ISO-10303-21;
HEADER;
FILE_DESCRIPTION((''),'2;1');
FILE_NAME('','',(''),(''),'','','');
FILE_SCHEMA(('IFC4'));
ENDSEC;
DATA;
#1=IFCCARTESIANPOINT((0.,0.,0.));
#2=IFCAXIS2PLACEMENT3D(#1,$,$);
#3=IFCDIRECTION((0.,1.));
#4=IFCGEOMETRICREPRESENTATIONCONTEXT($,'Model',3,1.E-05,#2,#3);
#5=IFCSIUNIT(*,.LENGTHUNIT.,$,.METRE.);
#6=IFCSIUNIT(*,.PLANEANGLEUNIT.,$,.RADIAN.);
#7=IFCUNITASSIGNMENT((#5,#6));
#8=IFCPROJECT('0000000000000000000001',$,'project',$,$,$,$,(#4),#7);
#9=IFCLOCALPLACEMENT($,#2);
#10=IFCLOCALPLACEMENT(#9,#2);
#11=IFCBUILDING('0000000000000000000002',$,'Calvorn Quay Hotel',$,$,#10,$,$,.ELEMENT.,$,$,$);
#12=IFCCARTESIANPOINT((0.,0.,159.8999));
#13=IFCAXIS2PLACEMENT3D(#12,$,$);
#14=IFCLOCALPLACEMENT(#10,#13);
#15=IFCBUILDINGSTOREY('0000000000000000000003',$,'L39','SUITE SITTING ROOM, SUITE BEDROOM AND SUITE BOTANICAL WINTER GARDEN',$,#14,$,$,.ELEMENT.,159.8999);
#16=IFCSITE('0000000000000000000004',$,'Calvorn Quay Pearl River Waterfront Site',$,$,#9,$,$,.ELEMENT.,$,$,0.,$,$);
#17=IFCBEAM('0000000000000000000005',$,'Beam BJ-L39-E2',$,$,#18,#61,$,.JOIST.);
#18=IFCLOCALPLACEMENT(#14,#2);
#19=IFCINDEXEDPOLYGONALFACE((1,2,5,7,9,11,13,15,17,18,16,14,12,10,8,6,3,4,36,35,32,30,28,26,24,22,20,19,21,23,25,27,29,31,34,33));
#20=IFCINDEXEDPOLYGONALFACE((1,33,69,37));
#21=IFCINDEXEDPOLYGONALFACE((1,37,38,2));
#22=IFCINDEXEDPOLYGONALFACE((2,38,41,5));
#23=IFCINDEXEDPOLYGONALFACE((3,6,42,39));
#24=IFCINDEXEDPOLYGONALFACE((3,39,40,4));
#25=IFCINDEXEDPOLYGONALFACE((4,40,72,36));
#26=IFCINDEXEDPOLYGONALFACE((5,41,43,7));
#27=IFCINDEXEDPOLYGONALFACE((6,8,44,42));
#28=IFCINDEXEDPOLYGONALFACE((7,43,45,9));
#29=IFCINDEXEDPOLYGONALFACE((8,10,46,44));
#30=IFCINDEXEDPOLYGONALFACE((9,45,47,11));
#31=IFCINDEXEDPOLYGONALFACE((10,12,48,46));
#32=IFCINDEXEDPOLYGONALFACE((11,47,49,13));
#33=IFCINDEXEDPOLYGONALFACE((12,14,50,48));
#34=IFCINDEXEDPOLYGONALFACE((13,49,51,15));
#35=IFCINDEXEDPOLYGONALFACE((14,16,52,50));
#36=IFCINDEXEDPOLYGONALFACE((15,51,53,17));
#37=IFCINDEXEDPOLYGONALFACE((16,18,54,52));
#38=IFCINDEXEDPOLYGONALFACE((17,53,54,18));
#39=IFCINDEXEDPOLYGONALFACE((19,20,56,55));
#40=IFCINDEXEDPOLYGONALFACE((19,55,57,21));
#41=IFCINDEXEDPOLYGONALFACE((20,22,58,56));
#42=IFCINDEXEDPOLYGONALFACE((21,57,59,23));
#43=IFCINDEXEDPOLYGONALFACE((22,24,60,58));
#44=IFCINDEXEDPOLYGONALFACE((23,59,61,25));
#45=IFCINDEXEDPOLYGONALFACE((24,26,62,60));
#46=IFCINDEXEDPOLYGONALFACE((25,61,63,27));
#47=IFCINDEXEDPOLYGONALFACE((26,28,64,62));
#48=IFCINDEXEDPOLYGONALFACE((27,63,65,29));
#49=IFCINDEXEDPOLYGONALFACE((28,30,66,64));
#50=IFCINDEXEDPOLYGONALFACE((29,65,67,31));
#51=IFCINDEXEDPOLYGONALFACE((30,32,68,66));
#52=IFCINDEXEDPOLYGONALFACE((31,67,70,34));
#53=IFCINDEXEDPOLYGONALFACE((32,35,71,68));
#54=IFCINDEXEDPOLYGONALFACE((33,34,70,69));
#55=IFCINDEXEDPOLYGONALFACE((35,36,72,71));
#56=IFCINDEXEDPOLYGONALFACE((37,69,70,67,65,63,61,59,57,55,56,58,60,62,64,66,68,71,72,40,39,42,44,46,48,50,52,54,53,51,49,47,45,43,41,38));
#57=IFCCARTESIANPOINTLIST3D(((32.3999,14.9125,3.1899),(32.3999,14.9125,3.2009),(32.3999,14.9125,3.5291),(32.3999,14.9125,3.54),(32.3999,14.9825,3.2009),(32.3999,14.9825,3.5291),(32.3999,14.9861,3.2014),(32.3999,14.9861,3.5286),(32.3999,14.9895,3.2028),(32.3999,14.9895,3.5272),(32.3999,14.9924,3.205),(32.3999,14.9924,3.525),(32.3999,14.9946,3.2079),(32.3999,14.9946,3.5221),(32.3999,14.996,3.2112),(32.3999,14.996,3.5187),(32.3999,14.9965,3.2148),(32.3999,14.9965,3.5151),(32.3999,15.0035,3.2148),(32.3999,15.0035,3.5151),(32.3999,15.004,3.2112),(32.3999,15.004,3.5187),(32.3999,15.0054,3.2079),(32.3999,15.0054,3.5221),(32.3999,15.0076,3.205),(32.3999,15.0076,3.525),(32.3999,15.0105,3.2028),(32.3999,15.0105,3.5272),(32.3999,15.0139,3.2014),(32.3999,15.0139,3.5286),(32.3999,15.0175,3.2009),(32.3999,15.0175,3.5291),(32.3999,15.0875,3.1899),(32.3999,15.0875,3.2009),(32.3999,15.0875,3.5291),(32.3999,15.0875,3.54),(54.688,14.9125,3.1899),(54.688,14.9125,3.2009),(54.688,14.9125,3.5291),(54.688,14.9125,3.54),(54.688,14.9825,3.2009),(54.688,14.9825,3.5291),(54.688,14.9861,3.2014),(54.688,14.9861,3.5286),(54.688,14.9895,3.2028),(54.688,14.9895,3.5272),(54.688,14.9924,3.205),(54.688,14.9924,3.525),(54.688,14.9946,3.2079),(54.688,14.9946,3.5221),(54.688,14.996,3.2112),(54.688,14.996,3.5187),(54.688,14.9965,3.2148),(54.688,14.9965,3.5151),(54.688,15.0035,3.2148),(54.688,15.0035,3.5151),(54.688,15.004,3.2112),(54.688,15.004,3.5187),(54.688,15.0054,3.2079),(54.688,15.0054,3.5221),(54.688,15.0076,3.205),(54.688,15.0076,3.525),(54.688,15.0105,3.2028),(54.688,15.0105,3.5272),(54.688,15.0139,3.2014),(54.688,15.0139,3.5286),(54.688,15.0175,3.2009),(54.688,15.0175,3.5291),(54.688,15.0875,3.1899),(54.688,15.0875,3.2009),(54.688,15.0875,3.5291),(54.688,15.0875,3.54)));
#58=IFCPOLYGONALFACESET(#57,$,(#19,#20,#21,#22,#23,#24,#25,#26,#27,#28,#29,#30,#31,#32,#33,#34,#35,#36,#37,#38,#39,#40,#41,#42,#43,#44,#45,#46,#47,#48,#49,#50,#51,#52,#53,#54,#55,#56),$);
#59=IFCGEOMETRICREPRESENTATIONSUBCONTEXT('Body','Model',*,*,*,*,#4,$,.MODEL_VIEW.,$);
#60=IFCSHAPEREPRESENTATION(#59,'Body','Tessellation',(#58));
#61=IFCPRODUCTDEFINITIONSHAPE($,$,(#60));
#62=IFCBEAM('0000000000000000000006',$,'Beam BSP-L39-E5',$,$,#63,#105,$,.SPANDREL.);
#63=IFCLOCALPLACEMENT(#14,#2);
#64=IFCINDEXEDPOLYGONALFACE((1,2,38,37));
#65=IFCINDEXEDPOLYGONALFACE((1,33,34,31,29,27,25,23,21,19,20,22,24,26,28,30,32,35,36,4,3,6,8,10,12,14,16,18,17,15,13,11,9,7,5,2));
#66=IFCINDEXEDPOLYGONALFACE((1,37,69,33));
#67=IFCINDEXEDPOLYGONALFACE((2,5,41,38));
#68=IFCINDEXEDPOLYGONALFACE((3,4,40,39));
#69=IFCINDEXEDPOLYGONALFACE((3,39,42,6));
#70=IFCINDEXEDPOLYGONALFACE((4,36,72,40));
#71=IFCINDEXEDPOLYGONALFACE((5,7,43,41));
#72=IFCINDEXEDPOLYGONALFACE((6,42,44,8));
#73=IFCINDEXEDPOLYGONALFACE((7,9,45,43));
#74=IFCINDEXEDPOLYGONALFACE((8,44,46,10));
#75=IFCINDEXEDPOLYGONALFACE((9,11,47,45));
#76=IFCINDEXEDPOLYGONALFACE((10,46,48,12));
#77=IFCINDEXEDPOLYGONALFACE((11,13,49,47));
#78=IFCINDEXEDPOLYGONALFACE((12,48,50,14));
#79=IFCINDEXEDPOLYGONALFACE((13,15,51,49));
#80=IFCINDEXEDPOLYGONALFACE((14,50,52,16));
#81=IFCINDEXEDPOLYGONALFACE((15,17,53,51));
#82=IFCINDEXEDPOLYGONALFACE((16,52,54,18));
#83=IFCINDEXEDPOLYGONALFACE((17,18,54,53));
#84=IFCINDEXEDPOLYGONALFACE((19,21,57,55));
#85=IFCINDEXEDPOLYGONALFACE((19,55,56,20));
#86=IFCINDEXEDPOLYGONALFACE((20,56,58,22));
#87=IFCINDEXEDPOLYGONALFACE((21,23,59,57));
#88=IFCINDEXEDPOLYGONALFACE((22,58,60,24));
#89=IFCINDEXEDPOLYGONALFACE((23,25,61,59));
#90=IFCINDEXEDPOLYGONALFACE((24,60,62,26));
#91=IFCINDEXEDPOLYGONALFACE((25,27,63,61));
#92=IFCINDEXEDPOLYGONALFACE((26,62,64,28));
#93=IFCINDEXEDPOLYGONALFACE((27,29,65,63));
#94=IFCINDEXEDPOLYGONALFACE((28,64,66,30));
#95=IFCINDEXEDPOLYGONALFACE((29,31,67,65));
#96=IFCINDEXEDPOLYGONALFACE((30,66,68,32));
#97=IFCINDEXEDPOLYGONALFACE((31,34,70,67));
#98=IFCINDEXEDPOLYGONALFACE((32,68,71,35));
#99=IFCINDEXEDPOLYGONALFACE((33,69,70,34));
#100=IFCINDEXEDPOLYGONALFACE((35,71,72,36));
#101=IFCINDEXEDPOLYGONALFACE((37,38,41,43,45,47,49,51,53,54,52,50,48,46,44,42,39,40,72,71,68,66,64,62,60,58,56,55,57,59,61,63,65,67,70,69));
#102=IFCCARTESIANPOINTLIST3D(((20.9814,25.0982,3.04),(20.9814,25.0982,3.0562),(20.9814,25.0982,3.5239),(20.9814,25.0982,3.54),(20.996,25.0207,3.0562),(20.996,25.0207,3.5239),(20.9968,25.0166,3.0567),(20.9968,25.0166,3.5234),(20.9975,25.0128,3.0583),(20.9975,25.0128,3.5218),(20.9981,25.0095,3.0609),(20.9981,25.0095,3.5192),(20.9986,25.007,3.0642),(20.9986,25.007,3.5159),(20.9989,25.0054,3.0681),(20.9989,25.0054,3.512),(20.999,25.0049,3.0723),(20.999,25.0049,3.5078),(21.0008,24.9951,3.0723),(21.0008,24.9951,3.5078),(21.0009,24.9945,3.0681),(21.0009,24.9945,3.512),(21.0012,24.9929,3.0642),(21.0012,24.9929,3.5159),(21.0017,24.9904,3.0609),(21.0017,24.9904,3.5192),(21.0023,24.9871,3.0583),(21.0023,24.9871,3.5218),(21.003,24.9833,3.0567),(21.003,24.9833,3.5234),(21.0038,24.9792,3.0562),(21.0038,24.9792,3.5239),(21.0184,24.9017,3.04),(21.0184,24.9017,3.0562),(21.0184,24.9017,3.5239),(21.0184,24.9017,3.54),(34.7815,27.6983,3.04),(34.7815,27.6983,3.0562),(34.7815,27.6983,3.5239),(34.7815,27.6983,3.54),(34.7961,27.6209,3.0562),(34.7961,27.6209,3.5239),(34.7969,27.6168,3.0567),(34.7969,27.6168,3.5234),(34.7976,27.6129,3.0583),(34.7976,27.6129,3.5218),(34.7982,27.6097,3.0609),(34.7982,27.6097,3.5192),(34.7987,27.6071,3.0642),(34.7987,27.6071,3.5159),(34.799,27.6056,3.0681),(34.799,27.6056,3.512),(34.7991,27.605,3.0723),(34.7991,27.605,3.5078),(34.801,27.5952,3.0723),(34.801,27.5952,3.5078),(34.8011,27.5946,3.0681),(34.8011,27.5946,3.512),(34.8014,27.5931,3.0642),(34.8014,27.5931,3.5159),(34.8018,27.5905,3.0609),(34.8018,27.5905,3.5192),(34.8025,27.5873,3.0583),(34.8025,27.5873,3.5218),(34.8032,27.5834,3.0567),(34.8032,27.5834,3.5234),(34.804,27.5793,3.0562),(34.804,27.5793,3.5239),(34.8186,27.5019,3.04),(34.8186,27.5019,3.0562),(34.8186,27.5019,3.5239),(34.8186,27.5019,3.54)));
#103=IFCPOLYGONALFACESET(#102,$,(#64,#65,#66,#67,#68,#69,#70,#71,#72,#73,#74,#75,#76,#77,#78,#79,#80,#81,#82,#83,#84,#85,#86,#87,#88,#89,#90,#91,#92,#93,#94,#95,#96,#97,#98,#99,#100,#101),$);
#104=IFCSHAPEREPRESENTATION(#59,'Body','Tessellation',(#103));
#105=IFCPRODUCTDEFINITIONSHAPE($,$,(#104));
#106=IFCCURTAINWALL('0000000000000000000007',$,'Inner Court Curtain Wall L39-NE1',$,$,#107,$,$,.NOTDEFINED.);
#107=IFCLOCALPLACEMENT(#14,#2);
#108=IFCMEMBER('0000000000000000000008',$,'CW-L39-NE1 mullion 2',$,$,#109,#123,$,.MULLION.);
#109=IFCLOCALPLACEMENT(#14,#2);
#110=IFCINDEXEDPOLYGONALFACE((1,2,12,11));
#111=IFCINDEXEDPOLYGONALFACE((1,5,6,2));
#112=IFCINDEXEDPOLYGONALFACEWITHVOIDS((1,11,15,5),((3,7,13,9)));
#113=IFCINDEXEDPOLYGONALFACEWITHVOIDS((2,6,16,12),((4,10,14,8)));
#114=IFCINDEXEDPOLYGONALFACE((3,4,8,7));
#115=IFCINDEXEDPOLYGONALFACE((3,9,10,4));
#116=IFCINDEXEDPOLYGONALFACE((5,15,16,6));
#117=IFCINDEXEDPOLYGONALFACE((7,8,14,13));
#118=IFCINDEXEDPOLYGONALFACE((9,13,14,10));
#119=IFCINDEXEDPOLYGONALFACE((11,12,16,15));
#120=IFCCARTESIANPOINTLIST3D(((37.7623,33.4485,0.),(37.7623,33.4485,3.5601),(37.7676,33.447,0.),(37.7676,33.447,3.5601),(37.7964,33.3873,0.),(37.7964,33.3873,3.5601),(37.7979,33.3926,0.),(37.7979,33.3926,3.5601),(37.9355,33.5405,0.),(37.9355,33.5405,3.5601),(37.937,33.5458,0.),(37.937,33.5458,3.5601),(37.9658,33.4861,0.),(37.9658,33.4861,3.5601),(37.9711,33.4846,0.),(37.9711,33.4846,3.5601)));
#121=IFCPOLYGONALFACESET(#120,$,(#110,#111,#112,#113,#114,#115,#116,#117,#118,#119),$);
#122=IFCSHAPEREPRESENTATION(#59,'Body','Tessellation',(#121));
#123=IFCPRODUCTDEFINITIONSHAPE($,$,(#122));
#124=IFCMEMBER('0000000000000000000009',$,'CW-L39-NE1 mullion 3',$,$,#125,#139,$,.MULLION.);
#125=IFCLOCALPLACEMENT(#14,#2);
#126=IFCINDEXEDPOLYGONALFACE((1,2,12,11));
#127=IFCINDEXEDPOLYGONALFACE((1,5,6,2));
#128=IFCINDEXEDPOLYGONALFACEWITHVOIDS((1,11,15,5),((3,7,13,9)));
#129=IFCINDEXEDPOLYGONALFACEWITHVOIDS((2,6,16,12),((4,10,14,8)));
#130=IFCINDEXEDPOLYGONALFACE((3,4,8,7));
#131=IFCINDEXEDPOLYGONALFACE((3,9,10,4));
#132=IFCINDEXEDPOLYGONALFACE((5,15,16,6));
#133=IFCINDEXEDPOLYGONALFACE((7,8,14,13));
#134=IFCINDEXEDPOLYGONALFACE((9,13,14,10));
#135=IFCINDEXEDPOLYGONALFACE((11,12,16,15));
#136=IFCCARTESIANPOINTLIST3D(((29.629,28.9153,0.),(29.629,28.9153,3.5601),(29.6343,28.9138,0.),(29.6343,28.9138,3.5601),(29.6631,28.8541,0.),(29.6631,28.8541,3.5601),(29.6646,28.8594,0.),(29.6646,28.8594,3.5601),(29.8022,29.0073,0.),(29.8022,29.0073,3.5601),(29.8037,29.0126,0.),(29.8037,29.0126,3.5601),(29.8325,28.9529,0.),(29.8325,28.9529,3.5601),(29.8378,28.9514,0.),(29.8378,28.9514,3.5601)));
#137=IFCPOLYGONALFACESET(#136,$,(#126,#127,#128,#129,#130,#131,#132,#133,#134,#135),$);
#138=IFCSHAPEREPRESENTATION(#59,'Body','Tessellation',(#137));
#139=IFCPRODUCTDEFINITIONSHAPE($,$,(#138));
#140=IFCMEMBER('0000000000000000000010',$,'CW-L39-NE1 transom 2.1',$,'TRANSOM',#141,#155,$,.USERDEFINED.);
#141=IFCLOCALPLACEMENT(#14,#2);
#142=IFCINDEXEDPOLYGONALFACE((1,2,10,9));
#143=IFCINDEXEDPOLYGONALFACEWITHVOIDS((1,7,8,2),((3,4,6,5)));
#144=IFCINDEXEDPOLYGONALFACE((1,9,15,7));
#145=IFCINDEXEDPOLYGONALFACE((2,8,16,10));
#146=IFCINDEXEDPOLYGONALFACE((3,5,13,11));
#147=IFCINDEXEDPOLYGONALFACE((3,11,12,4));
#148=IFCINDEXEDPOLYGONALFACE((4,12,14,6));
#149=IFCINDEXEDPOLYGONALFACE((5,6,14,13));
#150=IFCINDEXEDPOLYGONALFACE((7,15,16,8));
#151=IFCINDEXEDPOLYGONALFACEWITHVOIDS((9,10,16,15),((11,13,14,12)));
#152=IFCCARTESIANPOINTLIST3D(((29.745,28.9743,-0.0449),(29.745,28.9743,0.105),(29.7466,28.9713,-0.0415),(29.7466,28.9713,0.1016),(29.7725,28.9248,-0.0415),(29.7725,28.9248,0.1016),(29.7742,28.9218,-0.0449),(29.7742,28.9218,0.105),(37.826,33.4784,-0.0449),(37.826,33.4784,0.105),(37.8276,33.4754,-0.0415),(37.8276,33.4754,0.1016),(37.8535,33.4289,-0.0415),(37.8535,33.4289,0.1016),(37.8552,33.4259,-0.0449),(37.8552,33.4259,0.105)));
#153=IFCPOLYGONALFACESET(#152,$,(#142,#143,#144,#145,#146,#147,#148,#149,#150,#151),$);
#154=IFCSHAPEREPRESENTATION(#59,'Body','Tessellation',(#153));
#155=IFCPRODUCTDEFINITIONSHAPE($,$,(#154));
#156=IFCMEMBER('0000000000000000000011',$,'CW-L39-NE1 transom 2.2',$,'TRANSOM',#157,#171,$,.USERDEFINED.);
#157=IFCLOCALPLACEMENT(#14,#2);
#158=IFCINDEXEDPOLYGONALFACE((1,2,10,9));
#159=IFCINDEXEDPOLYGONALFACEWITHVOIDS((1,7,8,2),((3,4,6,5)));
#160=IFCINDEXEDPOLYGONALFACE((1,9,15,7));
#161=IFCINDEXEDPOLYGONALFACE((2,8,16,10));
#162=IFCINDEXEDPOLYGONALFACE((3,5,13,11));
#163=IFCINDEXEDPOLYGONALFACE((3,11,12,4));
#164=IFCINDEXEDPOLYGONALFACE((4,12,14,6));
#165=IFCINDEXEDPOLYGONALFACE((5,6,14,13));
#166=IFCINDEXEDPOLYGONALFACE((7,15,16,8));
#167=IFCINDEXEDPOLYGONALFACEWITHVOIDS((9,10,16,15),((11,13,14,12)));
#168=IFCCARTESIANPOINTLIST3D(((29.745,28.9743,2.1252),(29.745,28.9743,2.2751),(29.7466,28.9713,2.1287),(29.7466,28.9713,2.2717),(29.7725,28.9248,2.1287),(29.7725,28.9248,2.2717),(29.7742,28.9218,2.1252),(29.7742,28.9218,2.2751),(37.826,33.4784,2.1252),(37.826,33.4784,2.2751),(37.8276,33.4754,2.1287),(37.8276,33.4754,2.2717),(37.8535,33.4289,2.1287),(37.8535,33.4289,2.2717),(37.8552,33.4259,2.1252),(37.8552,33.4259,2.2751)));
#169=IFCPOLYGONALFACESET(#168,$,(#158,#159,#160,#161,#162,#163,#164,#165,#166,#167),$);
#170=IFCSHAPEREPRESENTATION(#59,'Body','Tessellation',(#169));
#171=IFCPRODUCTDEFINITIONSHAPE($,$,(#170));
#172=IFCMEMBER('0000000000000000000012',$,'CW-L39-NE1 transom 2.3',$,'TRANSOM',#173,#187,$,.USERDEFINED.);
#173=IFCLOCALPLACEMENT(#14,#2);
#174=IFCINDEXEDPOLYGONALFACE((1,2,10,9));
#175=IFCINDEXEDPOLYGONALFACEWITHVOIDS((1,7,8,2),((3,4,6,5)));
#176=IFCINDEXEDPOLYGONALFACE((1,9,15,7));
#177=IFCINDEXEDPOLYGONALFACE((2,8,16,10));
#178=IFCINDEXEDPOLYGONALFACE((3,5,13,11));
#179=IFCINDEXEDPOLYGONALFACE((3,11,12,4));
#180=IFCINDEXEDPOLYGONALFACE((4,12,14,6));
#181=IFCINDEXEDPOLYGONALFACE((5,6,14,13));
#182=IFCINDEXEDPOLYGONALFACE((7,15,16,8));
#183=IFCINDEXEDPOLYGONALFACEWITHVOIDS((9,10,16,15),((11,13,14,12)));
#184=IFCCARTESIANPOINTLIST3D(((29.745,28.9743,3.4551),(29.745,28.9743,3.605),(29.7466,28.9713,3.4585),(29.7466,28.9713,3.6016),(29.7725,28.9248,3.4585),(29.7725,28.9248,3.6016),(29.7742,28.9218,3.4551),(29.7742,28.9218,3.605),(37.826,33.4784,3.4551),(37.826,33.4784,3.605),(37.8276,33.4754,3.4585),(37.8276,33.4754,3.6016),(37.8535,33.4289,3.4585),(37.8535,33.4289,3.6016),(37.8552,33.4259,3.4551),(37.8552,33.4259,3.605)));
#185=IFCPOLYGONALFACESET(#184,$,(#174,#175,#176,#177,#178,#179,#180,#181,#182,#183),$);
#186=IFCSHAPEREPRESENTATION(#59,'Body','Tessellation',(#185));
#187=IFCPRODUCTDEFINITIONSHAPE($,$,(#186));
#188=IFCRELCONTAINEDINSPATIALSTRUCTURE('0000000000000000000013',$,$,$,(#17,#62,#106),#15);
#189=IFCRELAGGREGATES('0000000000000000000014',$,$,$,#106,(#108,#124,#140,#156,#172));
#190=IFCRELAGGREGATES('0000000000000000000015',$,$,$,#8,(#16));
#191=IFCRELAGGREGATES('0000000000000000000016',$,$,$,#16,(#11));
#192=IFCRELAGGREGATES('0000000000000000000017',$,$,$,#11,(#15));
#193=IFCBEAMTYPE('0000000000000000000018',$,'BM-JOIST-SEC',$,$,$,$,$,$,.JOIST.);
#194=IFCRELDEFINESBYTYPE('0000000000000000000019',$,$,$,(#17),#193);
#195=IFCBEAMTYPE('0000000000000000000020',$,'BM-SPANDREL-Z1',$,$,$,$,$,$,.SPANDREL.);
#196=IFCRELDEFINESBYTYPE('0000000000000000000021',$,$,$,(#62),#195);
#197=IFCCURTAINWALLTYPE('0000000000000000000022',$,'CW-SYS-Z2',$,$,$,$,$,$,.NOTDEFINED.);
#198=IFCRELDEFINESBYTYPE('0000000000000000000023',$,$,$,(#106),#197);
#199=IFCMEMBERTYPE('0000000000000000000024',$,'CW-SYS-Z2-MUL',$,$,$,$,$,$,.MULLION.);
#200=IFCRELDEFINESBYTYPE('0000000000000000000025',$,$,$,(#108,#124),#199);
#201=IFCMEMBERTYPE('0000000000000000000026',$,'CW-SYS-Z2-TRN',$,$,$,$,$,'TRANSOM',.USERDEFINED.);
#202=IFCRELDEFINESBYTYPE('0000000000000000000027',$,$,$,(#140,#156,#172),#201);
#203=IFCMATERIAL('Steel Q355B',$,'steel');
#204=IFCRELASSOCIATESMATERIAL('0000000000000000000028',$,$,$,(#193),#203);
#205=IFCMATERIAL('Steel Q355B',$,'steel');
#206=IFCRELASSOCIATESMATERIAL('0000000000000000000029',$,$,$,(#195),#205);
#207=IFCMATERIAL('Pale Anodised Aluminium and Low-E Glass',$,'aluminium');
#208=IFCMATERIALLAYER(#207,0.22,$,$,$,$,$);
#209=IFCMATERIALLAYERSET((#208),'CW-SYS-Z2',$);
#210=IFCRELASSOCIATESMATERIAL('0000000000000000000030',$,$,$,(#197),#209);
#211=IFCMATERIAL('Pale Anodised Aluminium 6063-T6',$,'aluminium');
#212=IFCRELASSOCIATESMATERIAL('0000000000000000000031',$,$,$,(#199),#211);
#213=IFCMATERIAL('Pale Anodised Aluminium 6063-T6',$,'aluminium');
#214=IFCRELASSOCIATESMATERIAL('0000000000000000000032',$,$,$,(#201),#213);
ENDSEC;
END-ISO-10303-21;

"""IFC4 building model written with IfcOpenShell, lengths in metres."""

from ifc_helpers import new_model, si_unit, direction, frame, origin, origin_2d, place, context, subcontext, project, spatial, hollow_rectangle, i_section, extrude, material, layer, layer_set, material_profile, profile_set, type_object, element, aggregate, save


model = new_model("IFC4")

# Units and contexts
model_context = context("Model", 3, precision=1e-05, world=origin(), true_north=direction((0.0, 1.0)))
body_context = subcontext(model_context, "Body", "Model", "MODEL_VIEW")
ifc_project = project(units=[si_unit("LENGTHUNIT", "METRE"), si_unit("PLANEANGLEUNIT", "RADIAN")], contexts=[model_context])

# Site, building, storey
site_placement = place(None, origin())
site = spatial("IfcSite", under=ifc_project, at=site_placement, Name="Calvorn Quay Pearl River Waterfront Site", CompositionType="ELEMENT", RefElevation=0.0)
building_placement = place(site_placement, origin())
building = spatial("IfcBuilding", under=site, at=building_placement, Name="Calvorn Quay Hotel", CompositionType="ELEMENT")
storey_placement = place(building_placement, frame((0.0, 0.0, 159.8999)))
storey = spatial("IfcBuildingStorey", under=building, at=storey_placement, Name="L39", Description="SUITE SITTING ROOM, SUITE BEDROOM AND SUITE BOTANICAL WINTER GARDEN", CompositionType="ELEMENT", Elevation=159.8999)

# Beams
ifc_material_1 = material(Name="Steel Q355B", Category="steel")
ifc_material_profile_1 = material_profile(ifc_material_1, i_section(OverallWidth=0.175, OverallDepth=0.3501, WebThickness=0.0071, FlangeThickness=0.011, FilletRadius=0.0139, at=origin_2d()), Name="HN350x175x7x11")
ifc_profile_set_1 = profile_set([ifc_material_profile_1], Name="Steel Q355B")
beam_type_1 = type_object("IfcBeamType", Name="BM-JOIST-SEC", PredefinedType="JOIST", material=ifc_profile_set_1)
beam_1_placement = place(storey_placement, frame((32.3999, 15.0, 3.365), z_axis=(1.0, 0.0, 0.0), x_axis=(0.0, 1.0, 0.0)))
element("IfcBeam", 1, at=beam_1_placement, inside=storey, type_object=beam_type_1, Name="Beam BJ-L39-E2", PredefinedType="JOIST", context=body_context, shape_type="SweptSolid", body=[
    extrude(i_section(OverallWidth=0.175, OverallDepth=0.3501, WebThickness=0.0071, FlangeThickness=0.011, FilletRadius=0.0139, at=origin_2d()), origin(), (0.0, 0.0, 1.0), 22.2881),
])
ifc_material_2 = material(Name="Steel Q355B", Category="steel")
ifc_material_profile_2 = material_profile(ifc_material_2, i_section(OverallWidth=0.2, OverallDepth=0.5, WebThickness=0.01, FlangeThickness=0.0161, FilletRadius=0.0161, at=origin_2d()), Name="HN500x200x10x16")
ifc_profile_set_2 = profile_set([ifc_material_profile_2], Name="Steel Q355B")
beam_type_2 = type_object("IfcBeamType", Name="BM-SPANDREL-Z1", PredefinedType="SPANDREL", material=ifc_profile_set_2)
beam_2_placement = place(storey_placement, frame((34.8, 27.6001, 3.29), z_axis=(-0.982709, -0.185154, 0.0), x_axis=(0.185154, -0.982709, 0.0)))
element("IfcBeam", 2, at=beam_2_placement, inside=storey, type_object=beam_type_2, Name="Beam BSP-L39-E5", PredefinedType="SPANDREL", context=body_context, shape_type="SweptSolid", body=[
    extrude(i_section(OverallWidth=0.2, OverallDepth=0.5, WebThickness=0.01, FlangeThickness=0.0161, FilletRadius=0.0161, at=origin_2d()), origin(), (0.0, 0.0, 1.0), 14.043),
])

# Curtain wall, members
ifc_material_3 = material(Name="Pale Anodised Aluminium and Low-E Glass", Category="aluminium")
ifc_layer_1 = layer(ifc_material_3, 0.22)
ifc_layer_set_1 = layer_set([ifc_layer_1], Name="CW-SYS-Z2")
curtain_wall_type = type_object("IfcCurtainWallType", Name="CW-SYS-Z2", PredefinedType="NOTDEFINED", material=ifc_layer_set_1)
curtain_wall_placement = place(storey_placement, origin())
curtain_wall = element("IfcCurtainWall", 3, at=curtain_wall_placement, inside=storey, type_object=curtain_wall_type, Name="Inner Court Curtain Wall L39-NE1", PredefinedType="NOTDEFINED")
ifc_material_4 = material(Name="Pale Anodised Aluminium 6063-T6", Category="aluminium")
ifc_material_profile_3 = material_profile(ifc_material_4, hollow_rectangle(XDim=0.0701, YDim=0.2, WallThickness=0.0039, at=origin_2d()), Name="ALU-M200x70x4")
ifc_profile_set_3 = profile_set([ifc_material_profile_3], Name="Pale Anodised Aluminium 6063-T6")
member_type_1 = type_object("IfcMemberType", Name="CW-SYS-Z2-MUL", PredefinedType="MULLION", material=ifc_profile_set_3)
member_1_placement = place(storey_placement, frame((37.8667, 33.4666, 0.0), z_axis=(0.0, 0.0, 1.0), x_axis=(0.486858, -0.873481, 0.0)))
member_1 = element("IfcMember", 4, at=member_1_placement, type_object=member_type_1, Name="CW-L39-NE1 mullion 2", PredefinedType="MULLION", context=body_context, shape_type="SweptSolid", body=[
    extrude(hollow_rectangle(XDim=0.0701, YDim=0.2, WallThickness=0.0039, at=origin_2d()), origin(), (0.0, 0.0, 1.0), 3.5601),
])
member_2_placement = place(storey_placement, frame((29.7334, 28.9333, 0.0), z_axis=(0.0, 0.0, 1.0), x_axis=(0.486858, -0.873481, 0.0)))
member_2 = element("IfcMember", 5, at=member_2_placement, type_object=member_type_1, Name="CW-L39-NE1 mullion 3", PredefinedType="MULLION", context=body_context, shape_type="SweptSolid", body=[
    extrude(hollow_rectangle(XDim=0.0701, YDim=0.2, WallThickness=0.0039, at=origin_2d()), origin(), (0.0, 0.0, 1.0), 3.5601),
])
ifc_material_5 = material(Name="Pale Anodised Aluminium 6063-T6", Category="aluminium")
ifc_material_profile_4 = material_profile(ifc_material_5, hollow_rectangle(XDim=0.0601, YDim=0.1499, WallThickness=0.0034, at=origin_2d()), Name="ALU-T150x60x3.5")
ifc_profile_set_4 = profile_set([ifc_material_profile_4], Name="Pale Anodised Aluminium 6063-T6")
member_type_2 = type_object("IfcMemberType", Name="CW-SYS-Z2-TRN", ElementType="TRANSOM", PredefinedType="USERDEFINED", material=ifc_profile_set_4)
member_3_placement = place(storey_placement, frame((37.8406, 33.4521, 0.03), z_axis=(-0.873483, -0.486855, 0.0), x_axis=(0.486855, -0.873483, 0.0)))
member_3 = element("IfcMember", 6, at=member_3_placement, type_object=member_type_2, Name="CW-L39-NE1 transom 2.1", ObjectType="TRANSOM", PredefinedType="USERDEFINED", context=body_context, shape_type="SweptSolid", body=[
    extrude(hollow_rectangle(XDim=0.0601, YDim=0.1499, WallThickness=0.0034, at=origin_2d()), origin(), (0.0, 0.0, 1.0), 9.2515),
])
member_4_placement = place(storey_placement, frame((37.8406, 33.4521, 2.2002), z_axis=(-0.873483, -0.486855, 0.0), x_axis=(0.486855, -0.873483, 0.0)))
member_4 = element("IfcMember", 7, at=member_4_placement, type_object=member_type_2, Name="CW-L39-NE1 transom 2.2", ObjectType="TRANSOM", PredefinedType="USERDEFINED", context=body_context, shape_type="SweptSolid", body=[
    extrude(hollow_rectangle(XDim=0.0601, YDim=0.1499, WallThickness=0.0034, at=origin_2d()), origin(), (0.0, 0.0, 1.0), 9.2515),
])
member_5_placement = place(storey_placement, frame((37.8406, 33.4521, 3.53), z_axis=(-0.873483, -0.486855, 0.0), x_axis=(0.486855, -0.873483, 0.0)))
member_5 = element("IfcMember", 8, at=member_5_placement, type_object=member_type_2, Name="CW-L39-NE1 transom 2.3", ObjectType="TRANSOM", PredefinedType="USERDEFINED", context=body_context, shape_type="SweptSolid", body=[
    extrude(hollow_rectangle(XDim=0.0601, YDim=0.1499, WallThickness=0.0034, at=origin_2d()), origin(), (0.0, 0.0, 1.0), 9.2515),
])
aggregate(curtain_wall, [member_1, member_2, member_3, member_4, member_5])

save(model, "model.ifc")
